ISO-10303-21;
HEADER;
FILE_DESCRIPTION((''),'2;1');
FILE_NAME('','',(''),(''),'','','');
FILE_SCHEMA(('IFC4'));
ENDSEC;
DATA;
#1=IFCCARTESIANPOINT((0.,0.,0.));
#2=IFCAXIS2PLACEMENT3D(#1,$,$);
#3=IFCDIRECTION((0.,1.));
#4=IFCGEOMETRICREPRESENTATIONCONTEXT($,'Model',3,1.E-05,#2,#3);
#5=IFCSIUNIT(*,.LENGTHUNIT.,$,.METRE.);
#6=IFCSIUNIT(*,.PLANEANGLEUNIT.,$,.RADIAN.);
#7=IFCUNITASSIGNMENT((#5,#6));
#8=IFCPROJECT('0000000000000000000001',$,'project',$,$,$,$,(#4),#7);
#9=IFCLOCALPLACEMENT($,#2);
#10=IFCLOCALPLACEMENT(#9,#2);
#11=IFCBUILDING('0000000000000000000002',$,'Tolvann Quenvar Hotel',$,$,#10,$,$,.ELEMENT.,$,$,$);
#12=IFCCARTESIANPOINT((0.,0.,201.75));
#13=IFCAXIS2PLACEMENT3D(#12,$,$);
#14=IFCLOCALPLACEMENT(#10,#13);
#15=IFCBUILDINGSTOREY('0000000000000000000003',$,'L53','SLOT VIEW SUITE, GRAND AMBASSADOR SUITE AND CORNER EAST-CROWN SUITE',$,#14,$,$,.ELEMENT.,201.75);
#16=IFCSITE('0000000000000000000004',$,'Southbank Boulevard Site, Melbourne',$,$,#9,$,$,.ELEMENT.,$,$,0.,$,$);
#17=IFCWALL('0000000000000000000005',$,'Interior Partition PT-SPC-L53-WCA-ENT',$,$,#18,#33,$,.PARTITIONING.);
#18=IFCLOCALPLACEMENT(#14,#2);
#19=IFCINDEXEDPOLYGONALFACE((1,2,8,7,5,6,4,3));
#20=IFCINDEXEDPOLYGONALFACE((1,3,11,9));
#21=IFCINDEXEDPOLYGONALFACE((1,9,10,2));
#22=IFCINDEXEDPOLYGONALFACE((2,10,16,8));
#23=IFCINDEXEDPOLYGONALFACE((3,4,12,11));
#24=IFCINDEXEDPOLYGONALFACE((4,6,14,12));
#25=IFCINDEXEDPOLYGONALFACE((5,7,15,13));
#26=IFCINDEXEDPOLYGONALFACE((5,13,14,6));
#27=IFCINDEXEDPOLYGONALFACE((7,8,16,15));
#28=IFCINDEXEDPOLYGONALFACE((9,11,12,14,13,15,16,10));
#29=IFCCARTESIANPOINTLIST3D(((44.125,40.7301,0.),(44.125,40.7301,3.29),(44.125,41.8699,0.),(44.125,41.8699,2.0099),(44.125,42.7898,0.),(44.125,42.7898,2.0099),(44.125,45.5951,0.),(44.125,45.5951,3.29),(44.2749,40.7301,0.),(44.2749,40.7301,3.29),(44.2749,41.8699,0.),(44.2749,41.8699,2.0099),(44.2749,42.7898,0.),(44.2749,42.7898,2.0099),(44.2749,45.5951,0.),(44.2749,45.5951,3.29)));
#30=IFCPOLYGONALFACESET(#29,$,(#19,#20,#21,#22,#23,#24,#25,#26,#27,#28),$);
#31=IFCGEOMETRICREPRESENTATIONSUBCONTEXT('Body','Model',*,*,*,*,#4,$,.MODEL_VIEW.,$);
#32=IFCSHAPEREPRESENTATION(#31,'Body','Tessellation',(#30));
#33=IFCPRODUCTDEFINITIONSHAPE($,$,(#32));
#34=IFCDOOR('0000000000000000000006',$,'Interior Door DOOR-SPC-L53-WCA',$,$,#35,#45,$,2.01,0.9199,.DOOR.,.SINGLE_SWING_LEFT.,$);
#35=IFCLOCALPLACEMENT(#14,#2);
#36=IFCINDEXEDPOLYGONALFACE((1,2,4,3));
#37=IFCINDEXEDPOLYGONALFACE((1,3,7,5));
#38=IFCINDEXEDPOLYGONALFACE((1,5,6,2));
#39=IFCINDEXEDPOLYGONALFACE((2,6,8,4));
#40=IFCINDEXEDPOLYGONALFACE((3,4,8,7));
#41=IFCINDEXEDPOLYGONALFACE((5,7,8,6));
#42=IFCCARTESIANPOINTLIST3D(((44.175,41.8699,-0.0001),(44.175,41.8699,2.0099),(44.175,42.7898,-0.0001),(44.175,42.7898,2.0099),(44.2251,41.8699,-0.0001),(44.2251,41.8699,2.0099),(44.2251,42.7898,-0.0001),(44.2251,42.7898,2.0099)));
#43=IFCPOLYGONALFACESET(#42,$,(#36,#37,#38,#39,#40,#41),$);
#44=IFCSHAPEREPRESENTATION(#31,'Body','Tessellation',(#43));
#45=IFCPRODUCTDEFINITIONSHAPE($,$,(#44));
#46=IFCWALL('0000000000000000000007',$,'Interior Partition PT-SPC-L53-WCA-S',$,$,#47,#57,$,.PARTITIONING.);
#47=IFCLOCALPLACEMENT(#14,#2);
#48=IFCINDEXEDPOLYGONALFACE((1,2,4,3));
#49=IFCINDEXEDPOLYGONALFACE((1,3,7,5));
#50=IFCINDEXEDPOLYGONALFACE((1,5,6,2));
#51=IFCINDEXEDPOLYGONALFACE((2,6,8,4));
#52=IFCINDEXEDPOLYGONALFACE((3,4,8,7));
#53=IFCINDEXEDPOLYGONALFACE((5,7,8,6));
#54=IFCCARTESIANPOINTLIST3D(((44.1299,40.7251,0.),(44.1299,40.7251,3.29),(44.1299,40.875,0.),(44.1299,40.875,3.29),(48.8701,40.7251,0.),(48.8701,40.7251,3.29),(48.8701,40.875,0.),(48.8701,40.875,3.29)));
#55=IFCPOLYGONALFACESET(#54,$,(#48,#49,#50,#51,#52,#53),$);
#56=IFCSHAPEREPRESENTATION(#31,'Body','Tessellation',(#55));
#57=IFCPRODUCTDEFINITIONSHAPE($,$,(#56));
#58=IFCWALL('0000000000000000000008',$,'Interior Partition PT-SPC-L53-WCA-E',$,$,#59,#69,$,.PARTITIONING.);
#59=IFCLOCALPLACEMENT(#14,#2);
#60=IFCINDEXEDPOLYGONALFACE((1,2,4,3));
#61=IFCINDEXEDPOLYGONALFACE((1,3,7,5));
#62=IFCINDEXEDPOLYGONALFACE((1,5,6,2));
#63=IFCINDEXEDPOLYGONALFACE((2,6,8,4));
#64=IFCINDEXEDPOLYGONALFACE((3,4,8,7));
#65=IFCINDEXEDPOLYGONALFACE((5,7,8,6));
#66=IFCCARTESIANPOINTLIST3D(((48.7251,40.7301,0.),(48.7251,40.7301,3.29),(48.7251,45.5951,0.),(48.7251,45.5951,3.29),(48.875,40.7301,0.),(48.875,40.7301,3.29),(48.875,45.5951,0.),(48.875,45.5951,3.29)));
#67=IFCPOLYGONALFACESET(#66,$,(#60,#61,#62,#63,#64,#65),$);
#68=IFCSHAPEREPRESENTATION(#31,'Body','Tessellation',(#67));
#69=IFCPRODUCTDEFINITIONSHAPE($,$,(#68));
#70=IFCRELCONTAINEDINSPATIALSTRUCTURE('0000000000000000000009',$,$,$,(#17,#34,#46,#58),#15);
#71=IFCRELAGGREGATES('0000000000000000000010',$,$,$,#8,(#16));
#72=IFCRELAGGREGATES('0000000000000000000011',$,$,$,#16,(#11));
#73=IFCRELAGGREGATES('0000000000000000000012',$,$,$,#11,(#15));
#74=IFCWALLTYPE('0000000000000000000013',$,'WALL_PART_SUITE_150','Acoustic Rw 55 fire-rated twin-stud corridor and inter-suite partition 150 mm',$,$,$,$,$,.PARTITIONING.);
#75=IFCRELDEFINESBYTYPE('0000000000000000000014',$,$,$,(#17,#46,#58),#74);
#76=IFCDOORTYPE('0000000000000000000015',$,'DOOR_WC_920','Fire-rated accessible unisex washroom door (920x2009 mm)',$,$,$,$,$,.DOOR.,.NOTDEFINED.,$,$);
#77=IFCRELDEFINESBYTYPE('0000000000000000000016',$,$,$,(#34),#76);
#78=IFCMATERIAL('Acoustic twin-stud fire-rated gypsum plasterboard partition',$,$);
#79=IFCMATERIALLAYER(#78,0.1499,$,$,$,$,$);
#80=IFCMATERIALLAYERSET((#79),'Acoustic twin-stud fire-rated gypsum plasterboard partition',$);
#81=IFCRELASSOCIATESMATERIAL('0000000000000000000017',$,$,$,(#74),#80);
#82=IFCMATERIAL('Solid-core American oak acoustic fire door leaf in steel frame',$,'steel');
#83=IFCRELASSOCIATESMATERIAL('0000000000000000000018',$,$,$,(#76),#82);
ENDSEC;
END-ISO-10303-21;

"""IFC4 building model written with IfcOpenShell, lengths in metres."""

from ifc_helpers import new_model, si_unit, direction, frame, frame_2d, origin, place, context, subcontext, project, spatial, rectangle, extrude, source, transform, mapped, material, layer, layer_set, type_object, type_shapes, element, fill, save


model = new_model("IFC4")

# Units and contexts
model_context = context("Model", 3, precision=1e-05, world=origin(), true_north=direction((0.0, 1.0)))
body_context = subcontext(model_context, "Body", "Model", "MODEL_VIEW")
ifc_project = project(units=[si_unit("LENGTHUNIT", "METRE"), si_unit("PLANEANGLEUNIT", "RADIAN")], contexts=[model_context])

# Site, building, storey
site_placement = place(None, origin())
site = spatial("IfcSite", under=ifc_project, at=site_placement, Name="Southbank Boulevard Site, Melbourne", CompositionType="ELEMENT", RefElevation=0.0)
building_placement = place(site_placement, origin())
building = spatial("IfcBuilding", under=site, at=building_placement, Name="Tolvann Quenvar Hotel", CompositionType="ELEMENT")
storey_placement = place(building_placement, frame((0.0, 0.0, 201.75)))
storey = spatial("IfcBuildingStorey", under=building, at=storey_placement, Name="L53", Description="SLOT VIEW SUITE, GRAND AMBASSADOR SUITE AND CORNER EAST-CROWN SUITE", CompositionType="ELEMENT", Elevation=201.75)

# Shared definitions
ifc_material_1 = material(Name="Acoustic twin-stud fire-rated gypsum plasterboard partition")
ifc_layer = layer(ifc_material_1, 0.1499)
ifc_layer_set = layer_set([ifc_layer], Name="Acoustic twin-stud fire-rated gypsum plasterboard partition")
wall_type = type_object("IfcWallType", Name="WALL_PART_SUITE_150", Description="Acoustic Rw 55 fire-rated twin-stud corridor and inter-suite partition 150 mm", PredefinedType="PARTITIONING", material=ifc_layer_set)

# Wall, opening, door
wall_1_placement = place(storey_placement, frame((44.2, 40.73, 0.0), z_axis=(0.0, 0.0, 1.0), x_axis=(0.0, 1.0, 0.0)))
wall_1 = element("IfcWall", 1, at=wall_1_placement, inside=storey, type_object=wall_type, Name="Interior Partition PT-SPC-L53-WCA-ENT", PredefinedType="PARTITIONING", context=body_context, shape_type="SweptSolid", body=[
    extrude(rectangle(XDim=4.865, YDim=0.1499, at=frame_2d((2.4326, 0.0))), origin(), (0.0, 0.0, 1.0), 3.29),
])
opening_1_placement = place(wall_1_placement, frame((1.1399, 0.0, 0.0)))
opening_1 = element("IfcOpeningElement", 2, at=opening_1_placement, cuts=wall_1, PredefinedType="OPENING", context=body_context, shape_type="SweptSolid", body=[
    extrude(rectangle(XDim=0.9199, YDim=2.01, at=frame_2d((0.46, 1.0049))), frame((0.0, 0.085, 0.0), z_axis=(0.0, -1.0, 0.0), x_axis=(1.0, 0.0, 0.0)), (0.0, 0.0, 1.0), 0.1699),
])
ifc_material_2 = material(Name="Solid-core American oak acoustic fire door leaf in steel frame", Category="steel")
door_type_1 = type_object("IfcDoorType", Name="DOOR_WC_920", Description="Fire-rated accessible unisex washroom door (920x2009 mm)", OperationType="NOTDEFINED", PredefinedType="DOOR", material=ifc_material_2)
shared_shape_1 = source(origin(), body_context, "Body", "SweptSolid", [
    extrude(rectangle(XDim=0.9199, YDim=2.01, at=frame_2d((0.46, 1.0049))), frame((0.0, 0.0249, 0.0), z_axis=(0.0, -1.0, 0.0), x_axis=(1.0, 0.0, 0.0)), (0.0, 0.0, 1.0), 0.05),
])
type_shapes(door_type_1, [shared_shape_1])
door_1_placement = place(opening_1_placement, origin())
door_1 = element("IfcDoor", 3, at=door_1_placement, inside=storey, type_object=door_type_1, Name="Interior Door DOOR-SPC-L53-WCA", OperationType="SINGLE_SWING_LEFT", OverallHeight=2.01, OverallWidth=0.9199, PredefinedType="DOOR", context=body_context, shape_type="MappedRepresentation", body=[
    mapped(shared_shape_1, transform((0.0, 0.0, 0.0), x_axis=(1.0, 0.0, 0.0), y_axis=(0.0, 1.0, 0.0), z_axis=(0.0, 0.0, 1.0), scale=1.0)),
])
fill(opening_1, door_1)

# Walls
wall_2_placement = place(storey_placement, frame((44.1299, 40.8, 0.0), z_axis=(0.0, 0.0, 1.0), x_axis=(1.0, 0.0, 0.0)))
element("IfcWall", 4, at=wall_2_placement, inside=storey, type_object=wall_type, Name="Interior Partition PT-SPC-L53-WCA-S", PredefinedType="PARTITIONING", context=body_context, shape_type="SweptSolid", body=[
    extrude(rectangle(XDim=4.7402, YDim=0.1499, at=frame_2d((2.3701, 0.0))), origin(), (0.0, 0.0, 1.0), 3.29),
])
wall_3_placement = place(storey_placement, frame((48.8, 40.73, 0.0), z_axis=(0.0, 0.0, 1.0), x_axis=(0.0, 1.0, 0.0)))
element("IfcWall", 5, at=wall_3_placement, inside=storey, type_object=wall_type, Name="Interior Partition PT-SPC-L53-WCA-E", PredefinedType="PARTITIONING", context=body_context, shape_type="SweptSolid", body=[
    extrude(rectangle(XDim=4.865, YDim=0.1499, at=frame_2d((2.4326, 0.0))), origin(), (0.0, 0.0, 1.0), 3.29),
])

save(model, "model.ifc")
